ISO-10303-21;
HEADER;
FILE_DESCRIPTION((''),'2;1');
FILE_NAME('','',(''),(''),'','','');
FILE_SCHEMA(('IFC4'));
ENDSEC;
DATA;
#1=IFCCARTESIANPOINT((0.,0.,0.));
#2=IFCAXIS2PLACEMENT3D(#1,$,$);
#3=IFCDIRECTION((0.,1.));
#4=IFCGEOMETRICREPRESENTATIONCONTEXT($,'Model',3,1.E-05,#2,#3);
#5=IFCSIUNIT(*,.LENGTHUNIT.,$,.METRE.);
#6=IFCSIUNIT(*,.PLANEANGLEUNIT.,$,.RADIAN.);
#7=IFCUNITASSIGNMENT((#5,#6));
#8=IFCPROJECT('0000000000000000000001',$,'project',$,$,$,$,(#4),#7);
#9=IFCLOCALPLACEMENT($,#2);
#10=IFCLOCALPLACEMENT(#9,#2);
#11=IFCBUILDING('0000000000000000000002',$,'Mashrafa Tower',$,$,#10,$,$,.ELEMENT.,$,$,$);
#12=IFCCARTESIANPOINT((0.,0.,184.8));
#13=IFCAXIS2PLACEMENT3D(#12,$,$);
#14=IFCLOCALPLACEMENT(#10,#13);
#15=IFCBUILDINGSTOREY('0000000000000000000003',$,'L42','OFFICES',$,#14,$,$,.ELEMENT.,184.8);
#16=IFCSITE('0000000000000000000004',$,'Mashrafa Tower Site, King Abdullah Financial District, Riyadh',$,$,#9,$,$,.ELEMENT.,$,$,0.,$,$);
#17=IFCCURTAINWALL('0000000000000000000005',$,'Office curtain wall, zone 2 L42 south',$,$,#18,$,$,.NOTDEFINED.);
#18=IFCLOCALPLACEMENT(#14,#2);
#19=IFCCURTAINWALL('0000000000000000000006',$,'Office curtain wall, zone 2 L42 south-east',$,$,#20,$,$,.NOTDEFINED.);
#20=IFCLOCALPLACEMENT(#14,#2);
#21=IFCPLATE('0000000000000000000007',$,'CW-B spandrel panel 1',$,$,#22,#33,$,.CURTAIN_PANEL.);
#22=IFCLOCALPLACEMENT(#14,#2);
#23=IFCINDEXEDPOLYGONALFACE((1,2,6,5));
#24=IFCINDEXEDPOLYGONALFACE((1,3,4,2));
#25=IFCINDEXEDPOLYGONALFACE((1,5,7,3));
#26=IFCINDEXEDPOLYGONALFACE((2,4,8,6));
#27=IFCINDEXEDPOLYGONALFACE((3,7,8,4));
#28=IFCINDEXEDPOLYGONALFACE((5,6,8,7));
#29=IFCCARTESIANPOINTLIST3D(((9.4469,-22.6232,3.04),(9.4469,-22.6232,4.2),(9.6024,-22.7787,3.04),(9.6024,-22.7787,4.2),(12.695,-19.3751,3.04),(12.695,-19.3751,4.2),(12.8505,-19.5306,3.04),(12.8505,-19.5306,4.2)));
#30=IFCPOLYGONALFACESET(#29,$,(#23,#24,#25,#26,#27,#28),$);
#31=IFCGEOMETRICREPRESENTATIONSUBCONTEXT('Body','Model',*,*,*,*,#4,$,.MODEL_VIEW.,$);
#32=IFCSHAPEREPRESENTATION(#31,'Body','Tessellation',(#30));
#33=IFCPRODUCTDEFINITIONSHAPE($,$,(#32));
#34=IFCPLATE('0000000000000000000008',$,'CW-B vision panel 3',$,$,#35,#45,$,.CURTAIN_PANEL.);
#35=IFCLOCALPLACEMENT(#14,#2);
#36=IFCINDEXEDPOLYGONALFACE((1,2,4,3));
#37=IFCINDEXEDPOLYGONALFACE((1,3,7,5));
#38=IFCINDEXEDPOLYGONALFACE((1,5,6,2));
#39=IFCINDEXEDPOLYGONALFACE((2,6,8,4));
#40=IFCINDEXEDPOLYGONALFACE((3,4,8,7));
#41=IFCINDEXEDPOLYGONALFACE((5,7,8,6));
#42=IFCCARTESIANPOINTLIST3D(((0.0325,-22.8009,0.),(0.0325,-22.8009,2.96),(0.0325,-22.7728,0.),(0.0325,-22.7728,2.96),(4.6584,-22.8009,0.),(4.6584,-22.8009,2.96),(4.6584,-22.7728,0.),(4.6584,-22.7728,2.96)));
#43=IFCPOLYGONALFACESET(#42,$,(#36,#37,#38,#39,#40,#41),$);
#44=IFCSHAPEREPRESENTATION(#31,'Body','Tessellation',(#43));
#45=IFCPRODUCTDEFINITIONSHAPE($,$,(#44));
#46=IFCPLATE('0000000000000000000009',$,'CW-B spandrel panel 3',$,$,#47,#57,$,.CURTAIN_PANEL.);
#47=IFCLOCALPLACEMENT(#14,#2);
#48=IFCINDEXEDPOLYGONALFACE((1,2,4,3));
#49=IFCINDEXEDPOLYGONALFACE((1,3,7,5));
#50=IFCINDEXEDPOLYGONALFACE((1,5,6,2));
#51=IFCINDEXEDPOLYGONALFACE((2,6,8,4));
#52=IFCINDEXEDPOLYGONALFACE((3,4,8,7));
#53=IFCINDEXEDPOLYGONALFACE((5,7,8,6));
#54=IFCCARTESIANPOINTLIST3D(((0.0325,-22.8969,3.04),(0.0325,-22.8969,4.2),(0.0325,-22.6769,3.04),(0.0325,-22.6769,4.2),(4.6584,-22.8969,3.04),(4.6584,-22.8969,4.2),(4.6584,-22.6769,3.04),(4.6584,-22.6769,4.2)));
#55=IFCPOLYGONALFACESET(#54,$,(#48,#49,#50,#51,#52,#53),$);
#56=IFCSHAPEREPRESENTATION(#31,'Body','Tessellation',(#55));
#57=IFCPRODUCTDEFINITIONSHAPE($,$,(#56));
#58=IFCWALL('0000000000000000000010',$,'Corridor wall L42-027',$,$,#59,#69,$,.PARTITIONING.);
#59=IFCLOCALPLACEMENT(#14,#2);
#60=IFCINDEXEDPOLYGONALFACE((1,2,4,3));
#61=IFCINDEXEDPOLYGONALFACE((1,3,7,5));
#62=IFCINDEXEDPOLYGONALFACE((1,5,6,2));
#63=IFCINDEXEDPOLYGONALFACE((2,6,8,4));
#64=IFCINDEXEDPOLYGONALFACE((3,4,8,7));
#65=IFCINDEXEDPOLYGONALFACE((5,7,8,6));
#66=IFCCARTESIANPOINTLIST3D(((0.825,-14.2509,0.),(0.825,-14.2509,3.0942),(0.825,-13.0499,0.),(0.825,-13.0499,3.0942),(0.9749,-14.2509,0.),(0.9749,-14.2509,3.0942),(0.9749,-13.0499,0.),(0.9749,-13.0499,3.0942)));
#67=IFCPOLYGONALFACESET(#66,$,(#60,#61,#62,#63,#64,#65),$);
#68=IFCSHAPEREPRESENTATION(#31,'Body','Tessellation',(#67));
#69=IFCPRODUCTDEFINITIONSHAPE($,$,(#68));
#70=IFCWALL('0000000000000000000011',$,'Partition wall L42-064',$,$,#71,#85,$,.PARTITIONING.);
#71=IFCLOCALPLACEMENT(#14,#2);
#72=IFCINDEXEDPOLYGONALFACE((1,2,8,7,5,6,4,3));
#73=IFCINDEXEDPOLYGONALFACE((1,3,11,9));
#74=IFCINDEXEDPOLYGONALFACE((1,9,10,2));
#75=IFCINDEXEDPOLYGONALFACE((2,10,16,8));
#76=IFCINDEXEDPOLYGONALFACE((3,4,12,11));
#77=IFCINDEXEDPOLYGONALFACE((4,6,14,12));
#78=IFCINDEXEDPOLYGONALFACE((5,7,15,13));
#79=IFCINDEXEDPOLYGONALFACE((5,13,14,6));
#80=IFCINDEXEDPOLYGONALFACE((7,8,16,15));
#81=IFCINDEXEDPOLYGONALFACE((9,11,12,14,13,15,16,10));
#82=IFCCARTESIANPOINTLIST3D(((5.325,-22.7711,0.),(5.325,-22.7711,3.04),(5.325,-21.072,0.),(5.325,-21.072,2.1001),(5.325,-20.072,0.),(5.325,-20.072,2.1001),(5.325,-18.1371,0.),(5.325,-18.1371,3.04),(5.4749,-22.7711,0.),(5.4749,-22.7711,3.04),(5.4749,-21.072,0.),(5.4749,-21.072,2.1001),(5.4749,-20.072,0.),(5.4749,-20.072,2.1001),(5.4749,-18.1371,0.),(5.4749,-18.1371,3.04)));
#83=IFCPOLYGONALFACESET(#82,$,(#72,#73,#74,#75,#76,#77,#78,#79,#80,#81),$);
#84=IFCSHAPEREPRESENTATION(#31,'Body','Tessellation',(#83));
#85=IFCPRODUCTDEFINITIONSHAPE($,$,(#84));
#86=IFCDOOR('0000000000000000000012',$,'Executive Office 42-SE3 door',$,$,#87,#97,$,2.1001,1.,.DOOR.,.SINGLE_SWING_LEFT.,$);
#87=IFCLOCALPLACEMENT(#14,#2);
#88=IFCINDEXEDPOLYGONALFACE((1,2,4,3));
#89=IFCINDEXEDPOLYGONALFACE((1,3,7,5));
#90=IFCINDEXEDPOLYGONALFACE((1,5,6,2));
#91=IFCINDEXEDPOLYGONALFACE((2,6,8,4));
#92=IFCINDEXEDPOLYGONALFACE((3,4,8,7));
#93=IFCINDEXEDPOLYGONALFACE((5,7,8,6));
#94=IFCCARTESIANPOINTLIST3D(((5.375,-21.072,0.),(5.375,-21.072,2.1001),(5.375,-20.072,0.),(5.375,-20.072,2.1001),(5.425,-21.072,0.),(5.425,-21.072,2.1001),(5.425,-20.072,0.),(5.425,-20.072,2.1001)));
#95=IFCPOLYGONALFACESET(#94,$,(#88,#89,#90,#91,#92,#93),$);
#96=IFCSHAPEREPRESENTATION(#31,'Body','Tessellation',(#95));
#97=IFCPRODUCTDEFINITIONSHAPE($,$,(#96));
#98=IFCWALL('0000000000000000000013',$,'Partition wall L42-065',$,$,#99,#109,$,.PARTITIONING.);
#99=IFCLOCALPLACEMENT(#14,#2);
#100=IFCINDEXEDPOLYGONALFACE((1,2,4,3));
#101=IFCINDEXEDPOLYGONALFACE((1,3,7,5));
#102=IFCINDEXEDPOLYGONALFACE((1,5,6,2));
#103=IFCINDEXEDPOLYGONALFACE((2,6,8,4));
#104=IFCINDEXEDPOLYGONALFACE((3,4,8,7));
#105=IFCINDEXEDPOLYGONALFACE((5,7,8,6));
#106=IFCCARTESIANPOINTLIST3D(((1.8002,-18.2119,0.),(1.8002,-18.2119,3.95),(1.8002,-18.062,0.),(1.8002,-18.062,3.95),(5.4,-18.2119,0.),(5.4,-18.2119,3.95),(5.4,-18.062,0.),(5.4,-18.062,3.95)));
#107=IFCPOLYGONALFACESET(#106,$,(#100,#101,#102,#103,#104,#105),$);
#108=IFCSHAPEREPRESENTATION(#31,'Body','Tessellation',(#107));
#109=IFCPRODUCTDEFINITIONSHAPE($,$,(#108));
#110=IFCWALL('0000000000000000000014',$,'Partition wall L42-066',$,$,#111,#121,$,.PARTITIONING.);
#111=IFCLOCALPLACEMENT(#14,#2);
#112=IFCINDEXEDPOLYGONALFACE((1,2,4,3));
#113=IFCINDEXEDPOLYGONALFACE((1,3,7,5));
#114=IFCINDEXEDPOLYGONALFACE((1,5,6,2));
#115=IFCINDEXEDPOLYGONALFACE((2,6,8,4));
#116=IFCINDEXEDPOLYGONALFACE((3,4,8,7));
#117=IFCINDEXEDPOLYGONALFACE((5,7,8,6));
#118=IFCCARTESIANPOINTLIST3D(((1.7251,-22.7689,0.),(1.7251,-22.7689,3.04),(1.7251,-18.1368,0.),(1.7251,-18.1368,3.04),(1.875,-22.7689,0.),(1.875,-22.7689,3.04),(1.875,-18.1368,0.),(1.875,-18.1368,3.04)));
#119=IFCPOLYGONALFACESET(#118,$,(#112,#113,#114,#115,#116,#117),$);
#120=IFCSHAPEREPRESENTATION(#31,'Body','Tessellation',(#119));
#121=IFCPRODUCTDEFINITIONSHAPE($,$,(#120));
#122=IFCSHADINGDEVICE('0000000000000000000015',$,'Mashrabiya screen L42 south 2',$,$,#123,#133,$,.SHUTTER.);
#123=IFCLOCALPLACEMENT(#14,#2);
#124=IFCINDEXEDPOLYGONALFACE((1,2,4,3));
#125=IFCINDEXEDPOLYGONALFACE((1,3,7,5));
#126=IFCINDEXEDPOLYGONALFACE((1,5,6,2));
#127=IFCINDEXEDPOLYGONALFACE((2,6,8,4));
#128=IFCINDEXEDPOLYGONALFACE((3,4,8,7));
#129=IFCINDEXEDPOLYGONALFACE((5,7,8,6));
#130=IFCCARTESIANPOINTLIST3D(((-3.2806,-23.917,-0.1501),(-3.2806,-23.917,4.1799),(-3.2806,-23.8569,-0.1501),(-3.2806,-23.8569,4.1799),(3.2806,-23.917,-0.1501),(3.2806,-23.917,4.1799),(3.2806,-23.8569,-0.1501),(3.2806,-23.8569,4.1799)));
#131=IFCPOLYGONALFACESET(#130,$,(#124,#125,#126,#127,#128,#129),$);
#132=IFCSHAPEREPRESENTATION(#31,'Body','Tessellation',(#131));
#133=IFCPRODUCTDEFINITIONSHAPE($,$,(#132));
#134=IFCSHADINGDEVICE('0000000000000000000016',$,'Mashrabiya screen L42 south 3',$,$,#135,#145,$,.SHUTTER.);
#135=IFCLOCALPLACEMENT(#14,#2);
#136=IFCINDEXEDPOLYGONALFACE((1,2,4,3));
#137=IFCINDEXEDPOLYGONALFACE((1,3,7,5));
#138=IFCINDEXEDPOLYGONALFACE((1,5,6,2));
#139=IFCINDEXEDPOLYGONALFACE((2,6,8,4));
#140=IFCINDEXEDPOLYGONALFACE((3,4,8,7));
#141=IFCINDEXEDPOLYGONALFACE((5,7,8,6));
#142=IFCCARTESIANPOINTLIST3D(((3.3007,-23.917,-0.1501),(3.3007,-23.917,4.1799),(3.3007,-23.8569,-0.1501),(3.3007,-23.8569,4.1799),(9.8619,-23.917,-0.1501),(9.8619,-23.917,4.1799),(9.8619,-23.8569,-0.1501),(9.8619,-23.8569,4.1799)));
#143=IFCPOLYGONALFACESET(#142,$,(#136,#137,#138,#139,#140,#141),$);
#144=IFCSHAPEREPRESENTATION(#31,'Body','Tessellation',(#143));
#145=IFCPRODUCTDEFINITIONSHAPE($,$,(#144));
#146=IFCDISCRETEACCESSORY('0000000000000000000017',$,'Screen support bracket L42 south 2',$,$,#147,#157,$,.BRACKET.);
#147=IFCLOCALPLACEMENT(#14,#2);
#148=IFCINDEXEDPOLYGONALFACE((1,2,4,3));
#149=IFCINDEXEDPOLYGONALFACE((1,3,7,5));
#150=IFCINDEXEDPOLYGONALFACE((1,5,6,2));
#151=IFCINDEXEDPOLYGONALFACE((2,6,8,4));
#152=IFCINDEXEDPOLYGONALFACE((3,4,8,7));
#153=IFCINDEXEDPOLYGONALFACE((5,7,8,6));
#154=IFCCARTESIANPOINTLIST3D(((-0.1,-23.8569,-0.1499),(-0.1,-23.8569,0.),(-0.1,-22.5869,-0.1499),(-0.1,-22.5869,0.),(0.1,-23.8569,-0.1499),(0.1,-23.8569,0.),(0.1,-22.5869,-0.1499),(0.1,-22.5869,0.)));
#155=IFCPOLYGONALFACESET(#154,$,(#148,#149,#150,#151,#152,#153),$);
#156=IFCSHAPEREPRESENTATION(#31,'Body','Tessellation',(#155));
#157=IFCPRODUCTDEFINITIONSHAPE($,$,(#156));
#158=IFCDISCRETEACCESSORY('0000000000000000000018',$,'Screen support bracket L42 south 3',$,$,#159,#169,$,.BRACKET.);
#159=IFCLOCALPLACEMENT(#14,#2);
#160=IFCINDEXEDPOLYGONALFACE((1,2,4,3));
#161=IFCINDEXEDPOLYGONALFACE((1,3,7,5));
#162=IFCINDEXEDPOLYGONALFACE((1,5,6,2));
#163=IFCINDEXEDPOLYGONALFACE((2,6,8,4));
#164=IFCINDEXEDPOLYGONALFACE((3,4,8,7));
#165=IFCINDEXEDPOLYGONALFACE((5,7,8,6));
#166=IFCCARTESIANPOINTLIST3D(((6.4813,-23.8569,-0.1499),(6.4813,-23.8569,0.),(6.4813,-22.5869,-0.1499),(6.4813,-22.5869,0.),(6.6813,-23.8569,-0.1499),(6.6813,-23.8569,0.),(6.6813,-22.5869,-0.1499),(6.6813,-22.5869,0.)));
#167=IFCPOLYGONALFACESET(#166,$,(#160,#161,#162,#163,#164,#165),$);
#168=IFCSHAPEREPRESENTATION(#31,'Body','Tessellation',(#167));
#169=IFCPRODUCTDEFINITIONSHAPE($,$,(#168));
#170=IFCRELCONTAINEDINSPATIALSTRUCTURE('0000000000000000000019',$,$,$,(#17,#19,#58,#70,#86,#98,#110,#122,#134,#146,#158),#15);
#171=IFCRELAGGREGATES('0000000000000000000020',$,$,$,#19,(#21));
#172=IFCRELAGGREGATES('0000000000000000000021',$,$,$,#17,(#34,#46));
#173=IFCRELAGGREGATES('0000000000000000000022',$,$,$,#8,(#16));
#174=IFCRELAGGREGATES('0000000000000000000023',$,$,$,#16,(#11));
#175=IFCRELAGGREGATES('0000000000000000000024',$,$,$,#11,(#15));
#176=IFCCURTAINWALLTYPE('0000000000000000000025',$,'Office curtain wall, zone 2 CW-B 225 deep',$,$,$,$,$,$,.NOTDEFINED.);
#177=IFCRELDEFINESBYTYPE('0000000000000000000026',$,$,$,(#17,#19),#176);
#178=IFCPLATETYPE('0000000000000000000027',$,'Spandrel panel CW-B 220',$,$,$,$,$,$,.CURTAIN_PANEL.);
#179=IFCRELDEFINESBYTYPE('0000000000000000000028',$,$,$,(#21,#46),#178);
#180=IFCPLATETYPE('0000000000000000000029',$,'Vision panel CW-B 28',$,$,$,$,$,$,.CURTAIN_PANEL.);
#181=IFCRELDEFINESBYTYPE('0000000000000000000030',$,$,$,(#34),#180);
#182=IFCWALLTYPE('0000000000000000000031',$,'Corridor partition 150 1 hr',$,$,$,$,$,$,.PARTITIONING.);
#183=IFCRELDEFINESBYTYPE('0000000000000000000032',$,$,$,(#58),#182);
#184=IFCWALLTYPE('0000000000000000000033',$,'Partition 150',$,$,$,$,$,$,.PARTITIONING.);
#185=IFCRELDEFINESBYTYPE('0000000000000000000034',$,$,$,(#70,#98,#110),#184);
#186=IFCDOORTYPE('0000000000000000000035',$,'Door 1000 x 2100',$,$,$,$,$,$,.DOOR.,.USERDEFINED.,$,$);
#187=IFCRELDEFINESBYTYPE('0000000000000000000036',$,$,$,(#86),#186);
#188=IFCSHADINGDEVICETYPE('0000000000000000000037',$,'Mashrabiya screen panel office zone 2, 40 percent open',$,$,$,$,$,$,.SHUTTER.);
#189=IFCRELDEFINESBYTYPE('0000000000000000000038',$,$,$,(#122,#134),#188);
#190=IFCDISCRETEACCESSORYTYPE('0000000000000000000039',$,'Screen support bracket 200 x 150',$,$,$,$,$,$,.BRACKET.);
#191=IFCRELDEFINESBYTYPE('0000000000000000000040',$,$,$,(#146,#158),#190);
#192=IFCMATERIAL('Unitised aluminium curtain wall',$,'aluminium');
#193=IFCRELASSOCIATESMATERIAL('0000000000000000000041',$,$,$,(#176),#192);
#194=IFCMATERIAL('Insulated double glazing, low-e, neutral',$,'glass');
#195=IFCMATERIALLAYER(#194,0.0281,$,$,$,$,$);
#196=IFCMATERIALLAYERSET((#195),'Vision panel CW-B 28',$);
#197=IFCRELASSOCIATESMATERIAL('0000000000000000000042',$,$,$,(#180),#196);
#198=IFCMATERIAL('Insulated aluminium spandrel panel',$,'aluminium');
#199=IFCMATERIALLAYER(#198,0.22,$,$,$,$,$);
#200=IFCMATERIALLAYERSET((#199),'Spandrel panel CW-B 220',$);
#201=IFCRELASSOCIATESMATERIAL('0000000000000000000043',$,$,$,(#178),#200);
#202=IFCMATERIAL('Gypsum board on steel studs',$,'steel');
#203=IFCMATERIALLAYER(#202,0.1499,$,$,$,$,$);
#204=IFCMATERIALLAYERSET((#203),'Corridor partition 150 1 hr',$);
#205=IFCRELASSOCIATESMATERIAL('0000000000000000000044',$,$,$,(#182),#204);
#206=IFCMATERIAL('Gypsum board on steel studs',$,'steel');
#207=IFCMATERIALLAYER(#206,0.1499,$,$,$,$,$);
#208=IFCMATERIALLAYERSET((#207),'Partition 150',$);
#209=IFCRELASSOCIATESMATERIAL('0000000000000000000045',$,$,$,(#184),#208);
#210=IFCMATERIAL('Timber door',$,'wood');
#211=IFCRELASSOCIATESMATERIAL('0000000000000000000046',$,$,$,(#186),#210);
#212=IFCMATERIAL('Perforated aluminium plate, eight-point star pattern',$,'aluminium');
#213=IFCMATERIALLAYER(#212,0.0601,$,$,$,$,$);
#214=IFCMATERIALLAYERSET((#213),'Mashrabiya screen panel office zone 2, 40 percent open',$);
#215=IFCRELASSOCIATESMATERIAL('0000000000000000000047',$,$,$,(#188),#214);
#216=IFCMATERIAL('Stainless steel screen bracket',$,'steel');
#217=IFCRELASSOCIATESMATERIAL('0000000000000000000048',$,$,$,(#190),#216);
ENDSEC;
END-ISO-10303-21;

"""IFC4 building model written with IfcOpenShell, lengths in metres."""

from ifc_helpers import new_model, si_unit, direction, frame, frame_2d, origin, origin_2d, place, context, subcontext, project, spatial, rectangle, extrude, source, transform, mapped, material, layer, layer_set, type_object, type_shapes, element, fill, aggregate, save


model = new_model("IFC4")

# Units and contexts
model_context = context("Model", 3, precision=1e-05, world=origin(), true_north=direction((0.0, 1.0)))
body_context = subcontext(model_context, "Body", "Model", "MODEL_VIEW")
ifc_project = project(units=[si_unit("LENGTHUNIT", "METRE"), si_unit("PLANEANGLEUNIT", "RADIAN")], contexts=[model_context])

# Site, building, storey
site_placement = place(None, origin())
site = spatial("IfcSite", under=ifc_project, at=site_placement, Name="Mashrafa Tower Site, King Abdullah Financial District, Riyadh", CompositionType="ELEMENT", RefElevation=0.0)
building_placement = place(site_placement, origin())
building = spatial("IfcBuilding", under=site, at=building_placement, Name="Mashrafa Tower", CompositionType="ELEMENT")
storey_placement = place(building_placement, frame((0.0, 0.0, 184.8)))
storey = spatial("IfcBuildingStorey", under=building, at=storey_placement, Name="L42", Description="OFFICES", CompositionType="ELEMENT", Elevation=184.8)

# Curtain wall
ifc_material_1 = material(Name="Unitised aluminium curtain wall", Category="aluminium")
curtain_wall_type = type_object("IfcCurtainWallType", Name="Office curtain wall, zone 2 CW-B 225 deep", PredefinedType="NOTDEFINED", material=ifc_material_1)
curtain_wall_1_placement = place(storey_placement, origin())
curtain_wall_1 = element("IfcCurtainWall", 1, at=curtain_wall_1_placement, inside=storey, type_object=curtain_wall_type, Name="Office curtain wall, zone 2 L42 south", PredefinedType="NOTDEFINED")

# Curtain wall
curtain_wall_2_placement = place(storey_placement, origin())
curtain_wall_2 = element("IfcCurtainWall", 2, at=curtain_wall_2_placement, inside=storey, type_object=curtain_wall_type, Name="Office curtain wall, zone 2 L42 south-east", PredefinedType="NOTDEFINED")

# Plates
ifc_material_2 = material(Name="Insulated double glazing, low-e, neutral", Category="glass")
ifc_layer_1 = layer(ifc_material_2, 0.0281)
ifc_layer_set_1 = layer_set([ifc_layer_1], Name="Vision panel CW-B 28")
plate_type_1 = type_object("IfcPlateType", Name="Vision panel CW-B 28", PredefinedType="CURTAIN_PANEL", material=ifc_layer_set_1)
ifc_material_3 = material(Name="Insulated aluminium spandrel panel", Category="aluminium")
ifc_layer_2 = layer(ifc_material_3, 0.22)
ifc_layer_set_2 = layer_set([ifc_layer_2], Name="Spandrel panel CW-B 220")
plate_type_2 = type_object("IfcPlateType", Name="Spandrel panel CW-B 220", PredefinedType="CURTAIN_PANEL", material=ifc_layer_set_2)
shared_shape_1 = source(origin(), body_context, "Body", "SweptSolid", [
    extrude(rectangle(XDim=4.5935, YDim=0.22, at=origin_2d()), origin(), (0.0, 0.0, 1.0), 1.1599),
])
plate_1_placement = place(storey_placement, frame((11.1487, -21.0769, 3.04), z_axis=(0.0, 0.0, 1.0), x_axis=(0.707107, 0.707107, 0.0)))
plate_1 = element("IfcPlate", 3, at=plate_1_placement, type_object=plate_type_2, Name="CW-B spandrel panel 1", PredefinedType="CURTAIN_PANEL", context=body_context, shape_type="MappedRepresentation", body=[
    mapped(shared_shape_1, transform((0.0, 0.0, 0.0))),
])
aggregate(curtain_wall_2, [plate_1])
shared_shape_2 = source(origin(), body_context, "Body", "SweptSolid", [
    extrude(rectangle(XDim=4.626, YDim=0.0281, at=origin_2d()), origin(), (0.0, 0.0, 1.0), 2.96),
])
plate_2_placement = place(storey_placement, frame((2.3455, -22.7869, 0.0), z_axis=(0.0, 0.0, 1.0), x_axis=(1.0, 0.0, 0.0)))
plate_2 = element("IfcPlate", 4, at=plate_2_placement, type_object=plate_type_1, Name="CW-B vision panel 3", PredefinedType="CURTAIN_PANEL", context=body_context, shape_type="MappedRepresentation", body=[
    mapped(shared_shape_2, transform((0.0, 0.0, 0.0))),
])
shared_shape_3 = source(origin(), body_context, "Body", "SweptSolid", [
    extrude(rectangle(XDim=4.626, YDim=0.22, at=origin_2d()), origin(), (0.0, 0.0, 1.0), 1.1599),
])
type_shapes(plate_type_2, [shared_shape_1, shared_shape_3])
plate_3_placement = place(storey_placement, frame((2.3455, -22.7869, 3.04), z_axis=(0.0, 0.0, 1.0), x_axis=(1.0, 0.0, 0.0)))
plate_3 = element("IfcPlate", 5, at=plate_3_placement, type_object=plate_type_2, Name="CW-B spandrel panel 3", PredefinedType="CURTAIN_PANEL", context=body_context, shape_type="MappedRepresentation", body=[
    mapped(shared_shape_3, transform((0.0, 0.0, 0.0))),
])
aggregate(curtain_wall_1, [plate_2, plate_3])

# Shared definitions
ifc_material_4 = material(Name="Gypsum board on steel studs", Category="steel")
ifc_layer_3 = layer(ifc_material_4, 0.1499)
ifc_layer_set_3 = layer_set([ifc_layer_3], Name="Corridor partition 150 1 hr")
wall_type_1 = type_object("IfcWallType", Name="Corridor partition 150 1 hr", PredefinedType="PARTITIONING", material=ifc_layer_set_3)

# Wall
wall_1_placement = place(storey_placement, frame((0.8999, -14.251, 0.0), z_axis=(0.0, 0.0, 1.0), x_axis=(0.0, 1.0, 0.0)))
element("IfcWall", 6, at=wall_1_placement, inside=storey, type_object=wall_type_1, Name="Corridor wall L42-027", PredefinedType="PARTITIONING", context=body_context, shape_type="SweptSolid", body=[
    extrude(rectangle(XDim=1.2009, YDim=0.1499, at=frame_2d((0.6006, 0.0))), origin(), (0.0, 0.0, 1.0), 3.0942),
])

# Wall, opening, door
ifc_material_5 = material(Name="Gypsum board on steel studs", Category="steel")
ifc_layer_4 = layer(ifc_material_5, 0.1499)
ifc_layer_set_4 = layer_set([ifc_layer_4], Name="Partition 150")
wall_type_2 = type_object("IfcWallType", Name="Partition 150", PredefinedType="PARTITIONING", material=ifc_layer_set_4)
wall_2_placement = place(storey_placement, frame((5.3999, -22.771, 0.0), z_axis=(0.0, 0.0, 1.0), x_axis=(0.0, 1.0, 0.0)))
wall_2 = element("IfcWall", 7, at=wall_2_placement, inside=storey, type_object=wall_type_2, Name="Partition wall L42-064", PredefinedType="PARTITIONING", context=body_context, shape_type="SweptSolid", body=[
    extrude(rectangle(XDim=4.634, YDim=0.1499, at=frame_2d((2.3169, 0.0))), origin(), (0.0, 0.0, 1.0), 3.04),
])
opening_1_placement = place(wall_2_placement, frame((1.699, 0.0, 0.0)))
opening_1 = element("IfcOpeningElement", 8, at=opening_1_placement, cuts=wall_2, PredefinedType="OPENING", context=body_context, shape_type="SweptSolid", body=[
    extrude(rectangle(XDim=1.0, YDim=2.1001, at=frame_2d((0.5, 1.05))), frame((0.0, 0.085, 0.0), z_axis=(0.0, -1.0, 0.0), x_axis=(1.0, 0.0, 0.0)), (0.0, 0.0, 1.0), 0.1699),
])
ifc_material_6 = material(Name="Timber door", Category="wood")
door_type_1 = type_object("IfcDoorType", Name="Door 1000 x 2100", OperationType="USERDEFINED", PredefinedType="DOOR", material=ifc_material_6)
door_1_placement = place(opening_1_placement, origin())
door_1 = element("IfcDoor", 9, at=door_1_placement, inside=storey, type_object=door_type_1, Name="Executive Office 42-SE3 door", OperationType="SINGLE_SWING_LEFT", OverallHeight=2.1001, OverallWidth=1.0, PredefinedType="DOOR", context=body_context, shape_type="SweptSolid", body=[
    extrude(rectangle(XDim=1.0, YDim=2.1001, at=frame_2d((0.5, 1.05))), frame((0.0, 0.0249, 0.0), z_axis=(0.0, -1.0, 0.0), x_axis=(1.0, 0.0, 0.0)), (0.0, 0.0, 1.0), 0.05),
])
fill(opening_1, door_1)

# Walls
wall_3_placement = place(storey_placement, frame((5.3999, -18.137, 0.0), z_axis=(0.0, 0.0, 1.0), x_axis=(-1.0, 0.0, 0.0)))
element("IfcWall", 10, at=wall_3_placement, inside=storey, type_object=wall_type_2, Name="Partition wall L42-065", PredefinedType="PARTITIONING", context=body_context, shape_type="SweptSolid", body=[
    extrude(rectangle(XDim=3.5999, YDim=0.1499, at=frame_2d((1.7998, 0.0))), origin(), (0.0, 0.0, 1.0), 3.95),
])
wall_4_placement = place(storey_placement, frame((1.8, -18.137, 0.0), z_axis=(0.0, 0.0, 1.0), x_axis=(0.0, -1.0, 0.0)))
element("IfcWall", 11, at=wall_4_placement, inside=storey, type_object=wall_type_2, Name="Partition wall L42-066", PredefinedType="PARTITIONING", context=body_context, shape_type="SweptSolid", body=[
    extrude(rectangle(XDim=4.6321, YDim=0.1499, at=frame_2d((2.3159, 0.0))), origin(), (0.0, 0.0, 1.0), 3.04),
])

# Shading devices
ifc_material_7 = material(Name="Perforated aluminium plate, eight-point star pattern", Category="aluminium")
ifc_layer_5 = layer(ifc_material_7, 0.0601)
ifc_layer_set_5 = layer_set([ifc_layer_5], Name="Mashrabiya screen panel office zone 2, 40 percent open")
shading_device_type = type_object("IfcShadingDeviceType", Name="Mashrabiya screen panel office zone 2, 40 percent open", PredefinedType="SHUTTER", material=ifc_layer_set_5)
shared_shape_4 = source(origin(), body_context, "Body", "SweptSolid", [
    extrude(rectangle(XDim=6.5613, YDim=0.0601, at=origin_2d()), origin(), (0.0, 0.0, 1.0), 4.3301),
])
type_shapes(shading_device_type, [shared_shape_4])
for number, where, z_axis, x_axis, name in (
    (12, (0.0, -23.887, -0.1501), (0.0, 0.0, 1.0), (1.0, 0.0, 0.0), "Mashrabiya screen L42 south 2"),
    (13, (6.5813, -23.887, -0.1501), (0.0, 0.0, 1.0), (1.0, 0.0, 0.0), "Mashrabiya screen L42 south 3"),
):
    element("IfcShadingDevice", number, at=place(storey_placement, frame(where, z_axis=z_axis, x_axis=x_axis)), inside=storey, type_object=shading_device_type, Name=name, PredefinedType="SHUTTER", context=body_context, shape_type="MappedRepresentation", body=[
        mapped(shared_shape_4, transform((0.0, 0.0, 0.0))),
    ])

# Discrete accessories
ifc_material_8 = material(Name="Stainless steel screen bracket", Category="steel")
discrete_accessory_type = type_object("IfcDiscreteAccessoryType", Name="Screen support bracket 200 x 150", PredefinedType="BRACKET", material=ifc_material_8)
shared_shape_5 = source(origin(), body_context, "Body", "SweptSolid", [
    extrude(rectangle(XDim=0.2, YDim=1.27, at=origin_2d()), origin(), (0.0, 0.0, 1.0), 0.1499),
])
type_shapes(discrete_accessory_type, [shared_shape_5])
for number, where, z_axis, x_axis, name in (
    (14, (0.0, -23.2219, -0.1499), (0.0, 0.0, 1.0), (1.0, 0.0, 0.0), "Screen support bracket L42 south 2"),
    (15, (6.5813, -23.2219, -0.1499), (0.0, 0.0, 1.0), (1.0, 0.0, 0.0), "Screen support bracket L42 south 3"),
):
    element("IfcDiscreteAccessory", number, at=place(storey_placement, frame(where, z_axis=z_axis, x_axis=x_axis)), inside=storey, type_object=discrete_accessory_type, Name=name, PredefinedType="BRACKET", context=body_context, shape_type="MappedRepresentation", body=[
        mapped(shared_shape_5, transform((0.0, 0.0, 0.0))),
    ])

save(model, "model.ifc")
